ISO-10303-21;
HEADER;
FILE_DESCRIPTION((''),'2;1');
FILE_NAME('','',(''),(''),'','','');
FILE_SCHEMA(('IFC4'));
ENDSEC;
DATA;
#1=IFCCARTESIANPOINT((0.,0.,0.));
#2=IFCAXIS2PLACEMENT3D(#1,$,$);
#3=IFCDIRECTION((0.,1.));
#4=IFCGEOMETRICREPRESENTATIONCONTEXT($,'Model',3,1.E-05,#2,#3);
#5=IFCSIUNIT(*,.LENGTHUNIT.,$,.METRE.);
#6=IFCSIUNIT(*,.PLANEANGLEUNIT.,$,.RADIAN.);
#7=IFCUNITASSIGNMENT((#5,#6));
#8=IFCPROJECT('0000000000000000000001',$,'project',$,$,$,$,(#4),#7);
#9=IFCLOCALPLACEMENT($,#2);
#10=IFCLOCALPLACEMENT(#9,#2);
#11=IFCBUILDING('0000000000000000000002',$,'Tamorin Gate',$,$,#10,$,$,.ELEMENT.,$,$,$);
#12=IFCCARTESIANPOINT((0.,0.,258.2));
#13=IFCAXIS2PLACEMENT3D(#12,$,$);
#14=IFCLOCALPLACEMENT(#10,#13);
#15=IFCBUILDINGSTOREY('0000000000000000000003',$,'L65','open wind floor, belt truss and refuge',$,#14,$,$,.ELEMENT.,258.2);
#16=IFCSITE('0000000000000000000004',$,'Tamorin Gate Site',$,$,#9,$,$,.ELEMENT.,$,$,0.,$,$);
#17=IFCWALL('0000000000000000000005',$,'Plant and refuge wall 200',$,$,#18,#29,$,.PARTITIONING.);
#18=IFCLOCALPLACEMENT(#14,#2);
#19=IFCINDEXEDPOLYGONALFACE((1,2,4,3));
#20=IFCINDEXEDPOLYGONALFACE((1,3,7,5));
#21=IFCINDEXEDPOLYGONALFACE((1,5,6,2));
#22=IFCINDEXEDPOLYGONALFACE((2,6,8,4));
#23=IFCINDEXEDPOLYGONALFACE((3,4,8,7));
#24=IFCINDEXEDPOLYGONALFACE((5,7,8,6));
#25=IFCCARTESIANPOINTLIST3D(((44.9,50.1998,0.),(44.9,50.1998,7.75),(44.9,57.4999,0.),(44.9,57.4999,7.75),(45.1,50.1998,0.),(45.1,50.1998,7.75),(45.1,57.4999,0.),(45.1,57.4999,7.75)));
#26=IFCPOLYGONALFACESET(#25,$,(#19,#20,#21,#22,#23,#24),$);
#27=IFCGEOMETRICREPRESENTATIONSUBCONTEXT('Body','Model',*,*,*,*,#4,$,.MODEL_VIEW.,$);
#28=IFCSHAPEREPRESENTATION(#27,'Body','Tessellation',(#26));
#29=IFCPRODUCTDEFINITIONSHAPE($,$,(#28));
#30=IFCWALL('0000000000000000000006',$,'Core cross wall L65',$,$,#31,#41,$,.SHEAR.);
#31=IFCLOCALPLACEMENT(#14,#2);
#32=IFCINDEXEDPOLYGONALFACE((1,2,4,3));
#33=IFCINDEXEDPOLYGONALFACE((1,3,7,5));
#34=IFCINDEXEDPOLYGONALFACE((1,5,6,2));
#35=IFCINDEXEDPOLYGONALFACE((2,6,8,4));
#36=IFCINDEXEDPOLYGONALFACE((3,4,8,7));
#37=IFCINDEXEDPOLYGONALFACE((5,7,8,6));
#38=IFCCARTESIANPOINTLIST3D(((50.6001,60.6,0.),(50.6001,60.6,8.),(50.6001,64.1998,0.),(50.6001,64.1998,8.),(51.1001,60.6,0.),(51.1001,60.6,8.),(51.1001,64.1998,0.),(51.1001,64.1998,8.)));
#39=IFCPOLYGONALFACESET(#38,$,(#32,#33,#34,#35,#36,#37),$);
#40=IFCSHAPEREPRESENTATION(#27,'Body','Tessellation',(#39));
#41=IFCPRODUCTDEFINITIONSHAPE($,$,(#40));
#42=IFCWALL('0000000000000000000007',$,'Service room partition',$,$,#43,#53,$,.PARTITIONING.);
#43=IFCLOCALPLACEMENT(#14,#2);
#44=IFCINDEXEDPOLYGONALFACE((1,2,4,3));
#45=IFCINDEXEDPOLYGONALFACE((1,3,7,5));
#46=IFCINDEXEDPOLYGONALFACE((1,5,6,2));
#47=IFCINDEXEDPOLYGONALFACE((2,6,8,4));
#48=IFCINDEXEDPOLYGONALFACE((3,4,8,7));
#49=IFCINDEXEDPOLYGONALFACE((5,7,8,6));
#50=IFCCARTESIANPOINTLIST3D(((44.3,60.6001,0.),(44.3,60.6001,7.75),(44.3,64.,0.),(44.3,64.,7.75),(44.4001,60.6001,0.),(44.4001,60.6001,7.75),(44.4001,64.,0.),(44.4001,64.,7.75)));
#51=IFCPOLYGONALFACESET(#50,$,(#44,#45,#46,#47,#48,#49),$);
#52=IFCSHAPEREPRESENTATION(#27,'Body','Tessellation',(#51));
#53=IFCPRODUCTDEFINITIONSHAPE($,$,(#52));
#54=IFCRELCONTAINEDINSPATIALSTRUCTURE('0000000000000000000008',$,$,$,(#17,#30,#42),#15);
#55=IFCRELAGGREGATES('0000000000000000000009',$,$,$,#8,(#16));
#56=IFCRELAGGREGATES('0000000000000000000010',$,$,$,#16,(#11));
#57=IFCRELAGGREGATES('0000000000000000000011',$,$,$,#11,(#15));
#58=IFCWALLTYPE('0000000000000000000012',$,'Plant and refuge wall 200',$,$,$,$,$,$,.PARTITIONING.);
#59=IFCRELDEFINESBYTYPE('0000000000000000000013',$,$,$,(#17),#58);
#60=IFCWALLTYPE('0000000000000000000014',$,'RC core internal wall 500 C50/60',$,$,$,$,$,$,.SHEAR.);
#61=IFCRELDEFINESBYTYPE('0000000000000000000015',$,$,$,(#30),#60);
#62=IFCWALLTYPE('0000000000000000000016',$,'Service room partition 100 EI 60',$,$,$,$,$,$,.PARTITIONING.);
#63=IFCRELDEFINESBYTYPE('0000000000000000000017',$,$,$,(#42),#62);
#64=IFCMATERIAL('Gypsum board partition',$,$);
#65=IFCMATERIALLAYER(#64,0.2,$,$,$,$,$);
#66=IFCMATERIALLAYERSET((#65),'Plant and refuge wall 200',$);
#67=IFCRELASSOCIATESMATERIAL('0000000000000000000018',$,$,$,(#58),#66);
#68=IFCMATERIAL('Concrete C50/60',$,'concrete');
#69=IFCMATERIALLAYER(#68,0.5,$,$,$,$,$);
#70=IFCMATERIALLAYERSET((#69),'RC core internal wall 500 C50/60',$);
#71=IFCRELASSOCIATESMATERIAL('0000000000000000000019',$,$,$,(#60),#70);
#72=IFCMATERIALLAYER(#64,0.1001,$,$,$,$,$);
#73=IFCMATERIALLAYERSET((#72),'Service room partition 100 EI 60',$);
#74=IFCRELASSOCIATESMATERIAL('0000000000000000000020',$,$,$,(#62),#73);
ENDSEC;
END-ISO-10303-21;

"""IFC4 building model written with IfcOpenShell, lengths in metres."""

from ifc_helpers import new_model, si_unit, direction, frame, frame_2d, origin, place, context, subcontext, project, spatial, rectangle, extrude, material, layer, layer_set, type_object, element, save


model = new_model("IFC4")

# Units and contexts
model_context = context("Model", 3, precision=1e-05, world=origin(), true_north=direction((0.0, 1.0)))
body_context = subcontext(model_context, "Body", "Model", "MODEL_VIEW")
ifc_project = project(units=[si_unit("LENGTHUNIT", "METRE"), si_unit("PLANEANGLEUNIT", "RADIAN")], contexts=[model_context])

# Site, building, storey
site_placement = place(None, origin())
site = spatial("IfcSite", under=ifc_project, at=site_placement, Name="Tamorin Gate Site", CompositionType="ELEMENT", RefElevation=0.0)
building_placement = place(site_placement, origin())
building = spatial("IfcBuilding", under=site, at=building_placement, Name="Tamorin Gate", CompositionType="ELEMENT")
storey_placement = place(building_placement, frame((0.0, 0.0, 258.2)))
storey = spatial("IfcBuildingStorey", under=building, at=storey_placement, Name="L65", Description="open wind floor, belt truss and refuge", CompositionType="ELEMENT", Elevation=258.2)

# Shared definitions
ifc_material_1 = material(Name="Concrete C50/60", Category="concrete")

# Shared definitions
ifc_material_2 = material(Name="Gypsum board partition")
ifc_layer_1 = layer(ifc_material_2, 0.2)
ifc_layer_set_1 = layer_set([ifc_layer_1], Name="Plant and refuge wall 200")
wall_type_1 = type_object("IfcWallType", Name="Plant and refuge wall 200", PredefinedType="PARTITIONING", material=ifc_layer_set_1)

# Walls
wall_1_placement = place(storey_placement, frame((45.0, 50.2, 0.0), z_axis=(0.0, 0.0, 1.0), x_axis=(0.0, 1.0, 0.0)))
element("IfcWall", 1, at=wall_1_placement, inside=storey, type_object=wall_type_1, Name="Plant and refuge wall 200", PredefinedType="PARTITIONING", context=body_context, shape_type="SweptSolid", body=[
    extrude(rectangle(XDim=7.3, YDim=0.2, at=frame_2d((3.6499, 0.0))), origin(), (0.0, 0.0, 1.0), 7.75),
])
ifc_layer_2 = layer(ifc_material_1, 0.5)
ifc_layer_set_2 = layer_set([ifc_layer_2], Name="RC core internal wall 500 C50/60")
wall_type_2 = type_object("IfcWallType", Name="RC core internal wall 500 C50/60", PredefinedType="SHEAR", material=ifc_layer_set_2)
wall_2_placement = place(storey_placement, frame((50.8501, 60.6001, 0.0), z_axis=(0.0, 0.0, 1.0), x_axis=(0.0, 1.0, 0.0)))
element("IfcWall", 2, at=wall_2_placement, inside=storey, type_object=wall_type_2, Name="Core cross wall L65", PredefinedType="SHEAR", context=body_context, shape_type="SweptSolid", body=[
    extrude(rectangle(XDim=3.5999, YDim=0.5, at=frame_2d((1.7998, 0.0))), origin(), (0.0, 0.0, 1.0), 8.0),
])
ifc_layer_3 = layer(ifc_material_2, 0.1001)
ifc_layer_set_3 = layer_set([ifc_layer_3], Name="Service room partition 100 EI 60")
wall_type_3 = type_object("IfcWallType", Name="Service room partition 100 EI 60", PredefinedType="PARTITIONING", material=ifc_layer_set_3)
wall_3_placement = place(storey_placement, frame((44.3501, 60.6001, 0.0), z_axis=(0.0, 0.0, 1.0), x_axis=(0.0, 1.0, 0.0)))
element("IfcWall", 3, at=wall_3_placement, inside=storey, type_object=wall_type_3, Name="Service room partition", PredefinedType="PARTITIONING", context=body_context, shape_type="SweptSolid", body=[
    extrude(rectangle(XDim=3.3999, YDim=0.1001, at=frame_2d((1.7, 0.0))), origin(), (0.0, 0.0, 1.0), 7.75),
])

save(model, "model.ifc")
